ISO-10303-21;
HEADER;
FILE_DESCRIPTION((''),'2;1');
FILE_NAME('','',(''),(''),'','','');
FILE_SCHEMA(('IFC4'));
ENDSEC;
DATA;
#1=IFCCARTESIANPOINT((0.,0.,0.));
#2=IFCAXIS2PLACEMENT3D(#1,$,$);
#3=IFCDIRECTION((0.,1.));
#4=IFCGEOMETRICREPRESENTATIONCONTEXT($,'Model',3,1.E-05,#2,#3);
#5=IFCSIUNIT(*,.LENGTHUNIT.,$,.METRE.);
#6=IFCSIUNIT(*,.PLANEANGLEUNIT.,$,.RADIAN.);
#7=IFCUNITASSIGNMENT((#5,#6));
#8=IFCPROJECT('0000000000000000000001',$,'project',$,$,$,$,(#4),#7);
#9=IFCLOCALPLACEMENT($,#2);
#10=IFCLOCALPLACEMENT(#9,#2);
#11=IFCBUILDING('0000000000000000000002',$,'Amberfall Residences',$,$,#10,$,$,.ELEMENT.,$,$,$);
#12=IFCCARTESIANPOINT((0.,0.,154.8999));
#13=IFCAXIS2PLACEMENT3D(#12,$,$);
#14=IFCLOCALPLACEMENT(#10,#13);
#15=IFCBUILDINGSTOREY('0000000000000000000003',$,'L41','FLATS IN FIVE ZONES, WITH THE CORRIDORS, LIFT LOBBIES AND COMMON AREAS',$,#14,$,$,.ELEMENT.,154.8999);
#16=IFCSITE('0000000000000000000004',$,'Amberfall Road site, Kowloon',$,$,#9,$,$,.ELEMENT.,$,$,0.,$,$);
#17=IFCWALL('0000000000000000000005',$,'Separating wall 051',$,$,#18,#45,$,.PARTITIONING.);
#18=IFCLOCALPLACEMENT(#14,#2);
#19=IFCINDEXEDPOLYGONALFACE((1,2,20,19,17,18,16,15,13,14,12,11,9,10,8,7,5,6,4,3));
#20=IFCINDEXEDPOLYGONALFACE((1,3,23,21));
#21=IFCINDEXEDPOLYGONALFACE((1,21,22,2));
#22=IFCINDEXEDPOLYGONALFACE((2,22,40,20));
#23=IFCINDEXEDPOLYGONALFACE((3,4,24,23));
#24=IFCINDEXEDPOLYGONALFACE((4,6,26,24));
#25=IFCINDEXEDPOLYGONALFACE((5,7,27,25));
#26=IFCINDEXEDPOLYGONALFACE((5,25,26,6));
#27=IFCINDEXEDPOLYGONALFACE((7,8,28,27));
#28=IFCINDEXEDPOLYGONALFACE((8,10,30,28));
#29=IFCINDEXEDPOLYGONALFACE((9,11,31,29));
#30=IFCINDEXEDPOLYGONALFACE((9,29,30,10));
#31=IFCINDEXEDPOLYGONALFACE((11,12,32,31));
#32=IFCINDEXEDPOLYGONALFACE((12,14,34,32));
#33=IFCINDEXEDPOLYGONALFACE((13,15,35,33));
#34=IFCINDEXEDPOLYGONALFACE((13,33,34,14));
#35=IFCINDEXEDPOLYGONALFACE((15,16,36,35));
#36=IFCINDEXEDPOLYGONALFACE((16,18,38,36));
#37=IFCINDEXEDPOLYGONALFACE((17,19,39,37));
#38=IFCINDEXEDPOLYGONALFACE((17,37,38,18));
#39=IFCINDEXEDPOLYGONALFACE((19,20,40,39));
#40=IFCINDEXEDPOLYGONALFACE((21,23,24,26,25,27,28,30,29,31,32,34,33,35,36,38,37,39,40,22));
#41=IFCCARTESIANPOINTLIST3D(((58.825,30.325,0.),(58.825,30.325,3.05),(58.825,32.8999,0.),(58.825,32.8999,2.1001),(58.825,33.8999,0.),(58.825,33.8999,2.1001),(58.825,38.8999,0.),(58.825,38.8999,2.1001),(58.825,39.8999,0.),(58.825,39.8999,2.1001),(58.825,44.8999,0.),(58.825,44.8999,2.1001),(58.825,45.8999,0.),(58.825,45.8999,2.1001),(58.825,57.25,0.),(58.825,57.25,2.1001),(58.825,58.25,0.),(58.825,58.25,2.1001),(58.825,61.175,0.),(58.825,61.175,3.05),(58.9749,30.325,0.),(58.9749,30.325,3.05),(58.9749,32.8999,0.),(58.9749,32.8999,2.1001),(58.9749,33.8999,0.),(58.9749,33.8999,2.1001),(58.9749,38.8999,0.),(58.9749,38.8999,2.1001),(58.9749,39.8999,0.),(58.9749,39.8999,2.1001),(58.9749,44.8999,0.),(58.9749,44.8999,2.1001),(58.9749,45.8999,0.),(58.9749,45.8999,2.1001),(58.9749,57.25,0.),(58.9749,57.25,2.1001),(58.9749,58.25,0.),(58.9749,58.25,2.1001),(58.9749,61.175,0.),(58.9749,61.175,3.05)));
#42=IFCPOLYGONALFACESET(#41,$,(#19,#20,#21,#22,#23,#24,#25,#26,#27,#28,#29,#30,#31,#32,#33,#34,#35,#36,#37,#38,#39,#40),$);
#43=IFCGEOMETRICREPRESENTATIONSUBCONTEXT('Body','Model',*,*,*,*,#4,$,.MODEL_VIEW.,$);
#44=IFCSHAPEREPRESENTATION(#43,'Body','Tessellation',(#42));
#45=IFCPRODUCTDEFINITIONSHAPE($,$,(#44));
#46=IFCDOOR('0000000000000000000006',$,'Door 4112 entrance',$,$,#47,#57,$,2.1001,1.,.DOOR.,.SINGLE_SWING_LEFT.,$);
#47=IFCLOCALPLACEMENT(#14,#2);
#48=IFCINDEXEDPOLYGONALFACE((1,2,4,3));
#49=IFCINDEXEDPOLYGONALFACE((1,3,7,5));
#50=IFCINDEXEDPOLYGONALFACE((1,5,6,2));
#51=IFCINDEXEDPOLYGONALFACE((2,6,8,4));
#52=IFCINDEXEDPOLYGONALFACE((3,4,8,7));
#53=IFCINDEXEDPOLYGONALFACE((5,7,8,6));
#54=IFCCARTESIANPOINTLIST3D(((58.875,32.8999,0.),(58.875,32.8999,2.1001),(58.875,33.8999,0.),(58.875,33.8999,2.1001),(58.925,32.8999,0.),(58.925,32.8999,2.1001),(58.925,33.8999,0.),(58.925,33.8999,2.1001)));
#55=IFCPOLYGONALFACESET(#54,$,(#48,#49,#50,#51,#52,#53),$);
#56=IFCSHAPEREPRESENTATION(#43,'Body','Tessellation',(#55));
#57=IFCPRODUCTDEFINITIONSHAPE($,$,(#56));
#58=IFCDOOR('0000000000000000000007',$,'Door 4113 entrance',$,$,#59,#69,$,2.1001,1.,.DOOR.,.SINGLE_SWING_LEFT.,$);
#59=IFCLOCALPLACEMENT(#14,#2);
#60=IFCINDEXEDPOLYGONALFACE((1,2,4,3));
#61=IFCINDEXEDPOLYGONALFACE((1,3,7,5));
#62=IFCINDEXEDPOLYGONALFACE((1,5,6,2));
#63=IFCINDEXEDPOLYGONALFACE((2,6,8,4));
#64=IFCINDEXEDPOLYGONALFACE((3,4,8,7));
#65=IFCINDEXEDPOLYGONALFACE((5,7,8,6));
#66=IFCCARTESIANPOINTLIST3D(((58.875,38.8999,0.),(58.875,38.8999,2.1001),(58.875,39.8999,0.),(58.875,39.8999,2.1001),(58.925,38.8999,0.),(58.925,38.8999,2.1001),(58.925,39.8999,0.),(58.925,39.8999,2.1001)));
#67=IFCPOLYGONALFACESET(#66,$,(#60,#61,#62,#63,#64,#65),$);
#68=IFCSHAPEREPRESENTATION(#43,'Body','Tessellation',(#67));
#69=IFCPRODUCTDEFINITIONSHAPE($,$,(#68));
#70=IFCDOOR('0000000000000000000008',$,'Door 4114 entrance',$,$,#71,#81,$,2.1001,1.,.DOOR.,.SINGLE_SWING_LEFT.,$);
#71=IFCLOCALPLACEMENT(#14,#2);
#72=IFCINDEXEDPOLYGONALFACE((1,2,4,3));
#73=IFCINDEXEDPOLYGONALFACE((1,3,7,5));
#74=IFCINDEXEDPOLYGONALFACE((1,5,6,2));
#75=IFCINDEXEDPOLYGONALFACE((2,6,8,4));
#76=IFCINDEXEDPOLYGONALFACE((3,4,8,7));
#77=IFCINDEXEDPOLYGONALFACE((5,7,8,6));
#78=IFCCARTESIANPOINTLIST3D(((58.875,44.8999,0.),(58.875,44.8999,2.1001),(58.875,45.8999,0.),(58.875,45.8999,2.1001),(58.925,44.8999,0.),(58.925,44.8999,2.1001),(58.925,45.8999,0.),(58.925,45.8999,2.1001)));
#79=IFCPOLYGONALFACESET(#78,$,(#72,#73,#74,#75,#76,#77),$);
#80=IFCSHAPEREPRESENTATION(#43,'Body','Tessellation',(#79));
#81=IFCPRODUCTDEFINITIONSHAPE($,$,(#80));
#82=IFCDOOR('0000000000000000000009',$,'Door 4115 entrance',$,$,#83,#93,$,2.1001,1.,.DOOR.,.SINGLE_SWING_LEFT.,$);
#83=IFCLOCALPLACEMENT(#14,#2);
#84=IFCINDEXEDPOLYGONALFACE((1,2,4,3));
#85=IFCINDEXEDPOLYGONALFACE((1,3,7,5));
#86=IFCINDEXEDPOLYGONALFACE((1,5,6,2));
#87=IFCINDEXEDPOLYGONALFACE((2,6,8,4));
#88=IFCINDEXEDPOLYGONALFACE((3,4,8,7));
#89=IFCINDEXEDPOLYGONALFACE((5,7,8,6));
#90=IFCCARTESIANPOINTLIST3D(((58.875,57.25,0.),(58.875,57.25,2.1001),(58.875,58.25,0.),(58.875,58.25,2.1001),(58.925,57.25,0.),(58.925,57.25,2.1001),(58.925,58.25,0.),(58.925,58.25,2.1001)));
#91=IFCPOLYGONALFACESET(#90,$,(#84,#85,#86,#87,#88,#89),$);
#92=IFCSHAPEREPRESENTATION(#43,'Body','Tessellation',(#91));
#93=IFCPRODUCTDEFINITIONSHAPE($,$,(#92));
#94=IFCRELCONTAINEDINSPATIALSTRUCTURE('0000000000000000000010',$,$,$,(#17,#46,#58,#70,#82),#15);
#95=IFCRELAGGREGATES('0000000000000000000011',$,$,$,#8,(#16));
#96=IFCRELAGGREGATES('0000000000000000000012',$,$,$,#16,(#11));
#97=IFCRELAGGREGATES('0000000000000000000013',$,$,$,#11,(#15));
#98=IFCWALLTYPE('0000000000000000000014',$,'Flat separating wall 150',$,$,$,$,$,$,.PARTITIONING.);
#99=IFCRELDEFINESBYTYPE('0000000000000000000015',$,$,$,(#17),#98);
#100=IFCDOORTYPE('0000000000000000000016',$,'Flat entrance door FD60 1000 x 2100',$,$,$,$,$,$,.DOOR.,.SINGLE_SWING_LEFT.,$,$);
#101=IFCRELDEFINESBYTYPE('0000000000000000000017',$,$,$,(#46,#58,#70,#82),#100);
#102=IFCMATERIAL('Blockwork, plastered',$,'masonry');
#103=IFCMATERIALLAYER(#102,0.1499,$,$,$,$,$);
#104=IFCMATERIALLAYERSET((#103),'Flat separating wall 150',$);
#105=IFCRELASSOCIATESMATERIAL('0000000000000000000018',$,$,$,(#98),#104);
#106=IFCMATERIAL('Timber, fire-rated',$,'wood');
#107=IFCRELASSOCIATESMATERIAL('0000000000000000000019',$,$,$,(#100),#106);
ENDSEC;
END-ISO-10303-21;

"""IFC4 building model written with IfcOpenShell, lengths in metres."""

from ifc_helpers import new_model, si_unit, direction, frame, frame_2d, origin, place, context, subcontext, project, spatial, rectangle, extrude, material, layer, layer_set, type_object, element, fill, save


model = new_model("IFC4")

# Units and contexts
model_context = context("Model", 3, precision=1e-05, world=origin(), true_north=direction((0.0, 1.0)))
body_context = subcontext(model_context, "Body", "Model", "MODEL_VIEW")
ifc_project = project(units=[si_unit("LENGTHUNIT", "METRE"), si_unit("PLANEANGLEUNIT", "RADIAN")], contexts=[model_context])

# Site, building, storey
site_placement = place(None, origin())
site = spatial("IfcSite", under=ifc_project, at=site_placement, Name="Amberfall Road site, Kowloon", CompositionType="ELEMENT", RefElevation=0.0)
building_placement = place(site_placement, origin())
building = spatial("IfcBuilding", under=site, at=building_placement, Name="Amberfall Residences", CompositionType="ELEMENT")
storey_placement = place(building_placement, frame((0.0, 0.0, 154.8999)))
storey = spatial("IfcBuildingStorey", under=building, at=storey_placement, Name="L41", Description="FLATS IN FIVE ZONES, WITH THE CORRIDORS, LIFT LOBBIES AND COMMON AREAS", CompositionType="ELEMENT", Elevation=154.8999)

# Wall, openings, doors
ifc_material_1 = material(Name="Blockwork, plastered", Category="masonry")
ifc_layer_1 = layer(ifc_material_1, 0.1499)
ifc_layer_set_1 = layer_set([ifc_layer_1], Name="Flat separating wall 150")
wall_type_1 = type_object("IfcWallType", Name="Flat separating wall 150", PredefinedType="PARTITIONING", material=ifc_layer_set_1)
wall_1_placement = place(storey_placement, frame((58.8999, 30.325, 0.0), z_axis=(0.0, 0.0, 1.0), x_axis=(0.0, 1.0, 0.0)))
wall_1 = element("IfcWall", 1, at=wall_1_placement, inside=storey, type_object=wall_type_1, Name="Separating wall 051", PredefinedType="PARTITIONING", context=body_context, shape_type="SweptSolid", body=[
    extrude(rectangle(XDim=30.8501, YDim=0.1499, at=frame_2d((15.425, 0.0))), origin(), (0.0, 0.0, 1.0), 3.05),
])
opening_1_placement = place(wall_1_placement, frame((2.575, 0.0, 0.0)))
opening_1 = element("IfcOpeningElement", 2, at=opening_1_placement, cuts=wall_1, PredefinedType="OPENING", context=body_context, shape_type="SweptSolid", body=[
    extrude(rectangle(XDim=1.0, YDim=2.1001, at=frame_2d((0.5, 1.05))), frame((0.0, 0.085, 0.0), z_axis=(0.0, -1.0, 0.0), x_axis=(1.0, 0.0, 0.0)), (0.0, 0.0, 1.0), 0.1699),
])
opening_2_placement = place(wall_1_placement, frame((8.575, 0.0, 0.0)))
opening_2 = element("IfcOpeningElement", 3, at=opening_2_placement, cuts=wall_1, PredefinedType="OPENING", context=body_context, shape_type="SweptSolid", body=[
    extrude(rectangle(XDim=1.0, YDim=2.1001, at=frame_2d((0.5, 1.05))), frame((0.0, 0.085, 0.0), z_axis=(0.0, -1.0, 0.0), x_axis=(1.0, 0.0, 0.0)), (0.0, 0.0, 1.0), 0.1699),
])
opening_3_placement = place(wall_1_placement, frame((14.575, 0.0, 0.0)))
opening_3 = element("IfcOpeningElement", 4, at=opening_3_placement, cuts=wall_1, PredefinedType="OPENING", context=body_context, shape_type="SweptSolid", body=[
    extrude(rectangle(XDim=1.0, YDim=2.1001, at=frame_2d((0.5, 1.05))), frame((0.0, 0.085, 0.0), z_axis=(0.0, -1.0, 0.0), x_axis=(1.0, 0.0, 0.0)), (0.0, 0.0, 1.0), 0.1699),
])
opening_4_placement = place(wall_1_placement, frame((26.925, 0.0, 0.0)))
opening_4 = element("IfcOpeningElement", 5, at=opening_4_placement, cuts=wall_1, PredefinedType="OPENING", context=body_context, shape_type="SweptSolid", body=[
    extrude(rectangle(XDim=1.0, YDim=2.1001, at=frame_2d((0.5, 1.05))), frame((0.0, 0.085, 0.0), z_axis=(0.0, -1.0, 0.0), x_axis=(1.0, 0.0, 0.0)), (0.0, 0.0, 1.0), 0.1699),
])
ifc_material_2 = material(Name="Timber, fire-rated", Category="wood")
door_type_1 = type_object("IfcDoorType", Name="Flat entrance door FD60 1000 x 2100", OperationType="SINGLE_SWING_LEFT", PredefinedType="DOOR", material=ifc_material_2)
door_1_placement = place(opening_1_placement, origin())
door_1 = element("IfcDoor", 6, at=door_1_placement, inside=storey, type_object=door_type_1, Name="Door 4112 entrance", OperationType="SINGLE_SWING_LEFT", OverallHeight=2.1001, OverallWidth=1.0, PredefinedType="DOOR", context=body_context, shape_type="SweptSolid", body=[
    extrude(rectangle(XDim=1.0, YDim=2.1001, at=frame_2d((0.5, 1.05))), frame((0.0, 0.0249, 0.0), z_axis=(0.0, -1.0, 0.0), x_axis=(1.0, 0.0, 0.0)), (0.0, 0.0, 1.0), 0.05),
])
fill(opening_1, door_1)
door_2_placement = place(opening_2_placement, origin())
door_2 = element("IfcDoor", 7, at=door_2_placement, inside=storey, type_object=door_type_1, Name="Door 4113 entrance", OperationType="SINGLE_SWING_LEFT", OverallHeight=2.1001, OverallWidth=1.0, PredefinedType="DOOR", context=body_context, shape_type="SweptSolid", body=[
    extrude(rectangle(XDim=1.0, YDim=2.1001, at=frame_2d((0.5, 1.05))), frame((0.0, 0.0249, 0.0), z_axis=(0.0, -1.0, 0.0), x_axis=(1.0, 0.0, 0.0)), (0.0, 0.0, 1.0), 0.05),
])
fill(opening_2, door_2)
door_3_placement = place(opening_3_placement, origin())
door_3 = element("IfcDoor", 8, at=door_3_placement, inside=storey, type_object=door_type_1, Name="Door 4114 entrance", OperationType="SINGLE_SWING_LEFT", OverallHeight=2.1001, OverallWidth=1.0, PredefinedType="DOOR", context=body_context, shape_type="SweptSolid", body=[
    extrude(rectangle(XDim=1.0, YDim=2.1001, at=frame_2d((0.5, 1.05))), frame((0.0, 0.0249, 0.0), z_axis=(0.0, -1.0, 0.0), x_axis=(1.0, 0.0, 0.0)), (0.0, 0.0, 1.0), 0.05),
])
fill(opening_3, door_3)
door_4_placement = place(opening_4_placement, origin())
door_4 = element("IfcDoor", 9, at=door_4_placement, inside=storey, type_object=door_type_1, Name="Door 4115 entrance", OperationType="SINGLE_SWING_LEFT", OverallHeight=2.1001, OverallWidth=1.0, PredefinedType="DOOR", context=body_context, shape_type="SweptSolid", body=[
    extrude(rectangle(XDim=1.0, YDim=2.1001, at=frame_2d((0.5, 1.05))), frame((0.0, 0.0249, 0.0), z_axis=(0.0, -1.0, 0.0), x_axis=(1.0, 0.0, 0.0)), (0.0, 0.0, 1.0), 0.05),
])
fill(opening_4, door_4)

save(model, "model.ifc")
